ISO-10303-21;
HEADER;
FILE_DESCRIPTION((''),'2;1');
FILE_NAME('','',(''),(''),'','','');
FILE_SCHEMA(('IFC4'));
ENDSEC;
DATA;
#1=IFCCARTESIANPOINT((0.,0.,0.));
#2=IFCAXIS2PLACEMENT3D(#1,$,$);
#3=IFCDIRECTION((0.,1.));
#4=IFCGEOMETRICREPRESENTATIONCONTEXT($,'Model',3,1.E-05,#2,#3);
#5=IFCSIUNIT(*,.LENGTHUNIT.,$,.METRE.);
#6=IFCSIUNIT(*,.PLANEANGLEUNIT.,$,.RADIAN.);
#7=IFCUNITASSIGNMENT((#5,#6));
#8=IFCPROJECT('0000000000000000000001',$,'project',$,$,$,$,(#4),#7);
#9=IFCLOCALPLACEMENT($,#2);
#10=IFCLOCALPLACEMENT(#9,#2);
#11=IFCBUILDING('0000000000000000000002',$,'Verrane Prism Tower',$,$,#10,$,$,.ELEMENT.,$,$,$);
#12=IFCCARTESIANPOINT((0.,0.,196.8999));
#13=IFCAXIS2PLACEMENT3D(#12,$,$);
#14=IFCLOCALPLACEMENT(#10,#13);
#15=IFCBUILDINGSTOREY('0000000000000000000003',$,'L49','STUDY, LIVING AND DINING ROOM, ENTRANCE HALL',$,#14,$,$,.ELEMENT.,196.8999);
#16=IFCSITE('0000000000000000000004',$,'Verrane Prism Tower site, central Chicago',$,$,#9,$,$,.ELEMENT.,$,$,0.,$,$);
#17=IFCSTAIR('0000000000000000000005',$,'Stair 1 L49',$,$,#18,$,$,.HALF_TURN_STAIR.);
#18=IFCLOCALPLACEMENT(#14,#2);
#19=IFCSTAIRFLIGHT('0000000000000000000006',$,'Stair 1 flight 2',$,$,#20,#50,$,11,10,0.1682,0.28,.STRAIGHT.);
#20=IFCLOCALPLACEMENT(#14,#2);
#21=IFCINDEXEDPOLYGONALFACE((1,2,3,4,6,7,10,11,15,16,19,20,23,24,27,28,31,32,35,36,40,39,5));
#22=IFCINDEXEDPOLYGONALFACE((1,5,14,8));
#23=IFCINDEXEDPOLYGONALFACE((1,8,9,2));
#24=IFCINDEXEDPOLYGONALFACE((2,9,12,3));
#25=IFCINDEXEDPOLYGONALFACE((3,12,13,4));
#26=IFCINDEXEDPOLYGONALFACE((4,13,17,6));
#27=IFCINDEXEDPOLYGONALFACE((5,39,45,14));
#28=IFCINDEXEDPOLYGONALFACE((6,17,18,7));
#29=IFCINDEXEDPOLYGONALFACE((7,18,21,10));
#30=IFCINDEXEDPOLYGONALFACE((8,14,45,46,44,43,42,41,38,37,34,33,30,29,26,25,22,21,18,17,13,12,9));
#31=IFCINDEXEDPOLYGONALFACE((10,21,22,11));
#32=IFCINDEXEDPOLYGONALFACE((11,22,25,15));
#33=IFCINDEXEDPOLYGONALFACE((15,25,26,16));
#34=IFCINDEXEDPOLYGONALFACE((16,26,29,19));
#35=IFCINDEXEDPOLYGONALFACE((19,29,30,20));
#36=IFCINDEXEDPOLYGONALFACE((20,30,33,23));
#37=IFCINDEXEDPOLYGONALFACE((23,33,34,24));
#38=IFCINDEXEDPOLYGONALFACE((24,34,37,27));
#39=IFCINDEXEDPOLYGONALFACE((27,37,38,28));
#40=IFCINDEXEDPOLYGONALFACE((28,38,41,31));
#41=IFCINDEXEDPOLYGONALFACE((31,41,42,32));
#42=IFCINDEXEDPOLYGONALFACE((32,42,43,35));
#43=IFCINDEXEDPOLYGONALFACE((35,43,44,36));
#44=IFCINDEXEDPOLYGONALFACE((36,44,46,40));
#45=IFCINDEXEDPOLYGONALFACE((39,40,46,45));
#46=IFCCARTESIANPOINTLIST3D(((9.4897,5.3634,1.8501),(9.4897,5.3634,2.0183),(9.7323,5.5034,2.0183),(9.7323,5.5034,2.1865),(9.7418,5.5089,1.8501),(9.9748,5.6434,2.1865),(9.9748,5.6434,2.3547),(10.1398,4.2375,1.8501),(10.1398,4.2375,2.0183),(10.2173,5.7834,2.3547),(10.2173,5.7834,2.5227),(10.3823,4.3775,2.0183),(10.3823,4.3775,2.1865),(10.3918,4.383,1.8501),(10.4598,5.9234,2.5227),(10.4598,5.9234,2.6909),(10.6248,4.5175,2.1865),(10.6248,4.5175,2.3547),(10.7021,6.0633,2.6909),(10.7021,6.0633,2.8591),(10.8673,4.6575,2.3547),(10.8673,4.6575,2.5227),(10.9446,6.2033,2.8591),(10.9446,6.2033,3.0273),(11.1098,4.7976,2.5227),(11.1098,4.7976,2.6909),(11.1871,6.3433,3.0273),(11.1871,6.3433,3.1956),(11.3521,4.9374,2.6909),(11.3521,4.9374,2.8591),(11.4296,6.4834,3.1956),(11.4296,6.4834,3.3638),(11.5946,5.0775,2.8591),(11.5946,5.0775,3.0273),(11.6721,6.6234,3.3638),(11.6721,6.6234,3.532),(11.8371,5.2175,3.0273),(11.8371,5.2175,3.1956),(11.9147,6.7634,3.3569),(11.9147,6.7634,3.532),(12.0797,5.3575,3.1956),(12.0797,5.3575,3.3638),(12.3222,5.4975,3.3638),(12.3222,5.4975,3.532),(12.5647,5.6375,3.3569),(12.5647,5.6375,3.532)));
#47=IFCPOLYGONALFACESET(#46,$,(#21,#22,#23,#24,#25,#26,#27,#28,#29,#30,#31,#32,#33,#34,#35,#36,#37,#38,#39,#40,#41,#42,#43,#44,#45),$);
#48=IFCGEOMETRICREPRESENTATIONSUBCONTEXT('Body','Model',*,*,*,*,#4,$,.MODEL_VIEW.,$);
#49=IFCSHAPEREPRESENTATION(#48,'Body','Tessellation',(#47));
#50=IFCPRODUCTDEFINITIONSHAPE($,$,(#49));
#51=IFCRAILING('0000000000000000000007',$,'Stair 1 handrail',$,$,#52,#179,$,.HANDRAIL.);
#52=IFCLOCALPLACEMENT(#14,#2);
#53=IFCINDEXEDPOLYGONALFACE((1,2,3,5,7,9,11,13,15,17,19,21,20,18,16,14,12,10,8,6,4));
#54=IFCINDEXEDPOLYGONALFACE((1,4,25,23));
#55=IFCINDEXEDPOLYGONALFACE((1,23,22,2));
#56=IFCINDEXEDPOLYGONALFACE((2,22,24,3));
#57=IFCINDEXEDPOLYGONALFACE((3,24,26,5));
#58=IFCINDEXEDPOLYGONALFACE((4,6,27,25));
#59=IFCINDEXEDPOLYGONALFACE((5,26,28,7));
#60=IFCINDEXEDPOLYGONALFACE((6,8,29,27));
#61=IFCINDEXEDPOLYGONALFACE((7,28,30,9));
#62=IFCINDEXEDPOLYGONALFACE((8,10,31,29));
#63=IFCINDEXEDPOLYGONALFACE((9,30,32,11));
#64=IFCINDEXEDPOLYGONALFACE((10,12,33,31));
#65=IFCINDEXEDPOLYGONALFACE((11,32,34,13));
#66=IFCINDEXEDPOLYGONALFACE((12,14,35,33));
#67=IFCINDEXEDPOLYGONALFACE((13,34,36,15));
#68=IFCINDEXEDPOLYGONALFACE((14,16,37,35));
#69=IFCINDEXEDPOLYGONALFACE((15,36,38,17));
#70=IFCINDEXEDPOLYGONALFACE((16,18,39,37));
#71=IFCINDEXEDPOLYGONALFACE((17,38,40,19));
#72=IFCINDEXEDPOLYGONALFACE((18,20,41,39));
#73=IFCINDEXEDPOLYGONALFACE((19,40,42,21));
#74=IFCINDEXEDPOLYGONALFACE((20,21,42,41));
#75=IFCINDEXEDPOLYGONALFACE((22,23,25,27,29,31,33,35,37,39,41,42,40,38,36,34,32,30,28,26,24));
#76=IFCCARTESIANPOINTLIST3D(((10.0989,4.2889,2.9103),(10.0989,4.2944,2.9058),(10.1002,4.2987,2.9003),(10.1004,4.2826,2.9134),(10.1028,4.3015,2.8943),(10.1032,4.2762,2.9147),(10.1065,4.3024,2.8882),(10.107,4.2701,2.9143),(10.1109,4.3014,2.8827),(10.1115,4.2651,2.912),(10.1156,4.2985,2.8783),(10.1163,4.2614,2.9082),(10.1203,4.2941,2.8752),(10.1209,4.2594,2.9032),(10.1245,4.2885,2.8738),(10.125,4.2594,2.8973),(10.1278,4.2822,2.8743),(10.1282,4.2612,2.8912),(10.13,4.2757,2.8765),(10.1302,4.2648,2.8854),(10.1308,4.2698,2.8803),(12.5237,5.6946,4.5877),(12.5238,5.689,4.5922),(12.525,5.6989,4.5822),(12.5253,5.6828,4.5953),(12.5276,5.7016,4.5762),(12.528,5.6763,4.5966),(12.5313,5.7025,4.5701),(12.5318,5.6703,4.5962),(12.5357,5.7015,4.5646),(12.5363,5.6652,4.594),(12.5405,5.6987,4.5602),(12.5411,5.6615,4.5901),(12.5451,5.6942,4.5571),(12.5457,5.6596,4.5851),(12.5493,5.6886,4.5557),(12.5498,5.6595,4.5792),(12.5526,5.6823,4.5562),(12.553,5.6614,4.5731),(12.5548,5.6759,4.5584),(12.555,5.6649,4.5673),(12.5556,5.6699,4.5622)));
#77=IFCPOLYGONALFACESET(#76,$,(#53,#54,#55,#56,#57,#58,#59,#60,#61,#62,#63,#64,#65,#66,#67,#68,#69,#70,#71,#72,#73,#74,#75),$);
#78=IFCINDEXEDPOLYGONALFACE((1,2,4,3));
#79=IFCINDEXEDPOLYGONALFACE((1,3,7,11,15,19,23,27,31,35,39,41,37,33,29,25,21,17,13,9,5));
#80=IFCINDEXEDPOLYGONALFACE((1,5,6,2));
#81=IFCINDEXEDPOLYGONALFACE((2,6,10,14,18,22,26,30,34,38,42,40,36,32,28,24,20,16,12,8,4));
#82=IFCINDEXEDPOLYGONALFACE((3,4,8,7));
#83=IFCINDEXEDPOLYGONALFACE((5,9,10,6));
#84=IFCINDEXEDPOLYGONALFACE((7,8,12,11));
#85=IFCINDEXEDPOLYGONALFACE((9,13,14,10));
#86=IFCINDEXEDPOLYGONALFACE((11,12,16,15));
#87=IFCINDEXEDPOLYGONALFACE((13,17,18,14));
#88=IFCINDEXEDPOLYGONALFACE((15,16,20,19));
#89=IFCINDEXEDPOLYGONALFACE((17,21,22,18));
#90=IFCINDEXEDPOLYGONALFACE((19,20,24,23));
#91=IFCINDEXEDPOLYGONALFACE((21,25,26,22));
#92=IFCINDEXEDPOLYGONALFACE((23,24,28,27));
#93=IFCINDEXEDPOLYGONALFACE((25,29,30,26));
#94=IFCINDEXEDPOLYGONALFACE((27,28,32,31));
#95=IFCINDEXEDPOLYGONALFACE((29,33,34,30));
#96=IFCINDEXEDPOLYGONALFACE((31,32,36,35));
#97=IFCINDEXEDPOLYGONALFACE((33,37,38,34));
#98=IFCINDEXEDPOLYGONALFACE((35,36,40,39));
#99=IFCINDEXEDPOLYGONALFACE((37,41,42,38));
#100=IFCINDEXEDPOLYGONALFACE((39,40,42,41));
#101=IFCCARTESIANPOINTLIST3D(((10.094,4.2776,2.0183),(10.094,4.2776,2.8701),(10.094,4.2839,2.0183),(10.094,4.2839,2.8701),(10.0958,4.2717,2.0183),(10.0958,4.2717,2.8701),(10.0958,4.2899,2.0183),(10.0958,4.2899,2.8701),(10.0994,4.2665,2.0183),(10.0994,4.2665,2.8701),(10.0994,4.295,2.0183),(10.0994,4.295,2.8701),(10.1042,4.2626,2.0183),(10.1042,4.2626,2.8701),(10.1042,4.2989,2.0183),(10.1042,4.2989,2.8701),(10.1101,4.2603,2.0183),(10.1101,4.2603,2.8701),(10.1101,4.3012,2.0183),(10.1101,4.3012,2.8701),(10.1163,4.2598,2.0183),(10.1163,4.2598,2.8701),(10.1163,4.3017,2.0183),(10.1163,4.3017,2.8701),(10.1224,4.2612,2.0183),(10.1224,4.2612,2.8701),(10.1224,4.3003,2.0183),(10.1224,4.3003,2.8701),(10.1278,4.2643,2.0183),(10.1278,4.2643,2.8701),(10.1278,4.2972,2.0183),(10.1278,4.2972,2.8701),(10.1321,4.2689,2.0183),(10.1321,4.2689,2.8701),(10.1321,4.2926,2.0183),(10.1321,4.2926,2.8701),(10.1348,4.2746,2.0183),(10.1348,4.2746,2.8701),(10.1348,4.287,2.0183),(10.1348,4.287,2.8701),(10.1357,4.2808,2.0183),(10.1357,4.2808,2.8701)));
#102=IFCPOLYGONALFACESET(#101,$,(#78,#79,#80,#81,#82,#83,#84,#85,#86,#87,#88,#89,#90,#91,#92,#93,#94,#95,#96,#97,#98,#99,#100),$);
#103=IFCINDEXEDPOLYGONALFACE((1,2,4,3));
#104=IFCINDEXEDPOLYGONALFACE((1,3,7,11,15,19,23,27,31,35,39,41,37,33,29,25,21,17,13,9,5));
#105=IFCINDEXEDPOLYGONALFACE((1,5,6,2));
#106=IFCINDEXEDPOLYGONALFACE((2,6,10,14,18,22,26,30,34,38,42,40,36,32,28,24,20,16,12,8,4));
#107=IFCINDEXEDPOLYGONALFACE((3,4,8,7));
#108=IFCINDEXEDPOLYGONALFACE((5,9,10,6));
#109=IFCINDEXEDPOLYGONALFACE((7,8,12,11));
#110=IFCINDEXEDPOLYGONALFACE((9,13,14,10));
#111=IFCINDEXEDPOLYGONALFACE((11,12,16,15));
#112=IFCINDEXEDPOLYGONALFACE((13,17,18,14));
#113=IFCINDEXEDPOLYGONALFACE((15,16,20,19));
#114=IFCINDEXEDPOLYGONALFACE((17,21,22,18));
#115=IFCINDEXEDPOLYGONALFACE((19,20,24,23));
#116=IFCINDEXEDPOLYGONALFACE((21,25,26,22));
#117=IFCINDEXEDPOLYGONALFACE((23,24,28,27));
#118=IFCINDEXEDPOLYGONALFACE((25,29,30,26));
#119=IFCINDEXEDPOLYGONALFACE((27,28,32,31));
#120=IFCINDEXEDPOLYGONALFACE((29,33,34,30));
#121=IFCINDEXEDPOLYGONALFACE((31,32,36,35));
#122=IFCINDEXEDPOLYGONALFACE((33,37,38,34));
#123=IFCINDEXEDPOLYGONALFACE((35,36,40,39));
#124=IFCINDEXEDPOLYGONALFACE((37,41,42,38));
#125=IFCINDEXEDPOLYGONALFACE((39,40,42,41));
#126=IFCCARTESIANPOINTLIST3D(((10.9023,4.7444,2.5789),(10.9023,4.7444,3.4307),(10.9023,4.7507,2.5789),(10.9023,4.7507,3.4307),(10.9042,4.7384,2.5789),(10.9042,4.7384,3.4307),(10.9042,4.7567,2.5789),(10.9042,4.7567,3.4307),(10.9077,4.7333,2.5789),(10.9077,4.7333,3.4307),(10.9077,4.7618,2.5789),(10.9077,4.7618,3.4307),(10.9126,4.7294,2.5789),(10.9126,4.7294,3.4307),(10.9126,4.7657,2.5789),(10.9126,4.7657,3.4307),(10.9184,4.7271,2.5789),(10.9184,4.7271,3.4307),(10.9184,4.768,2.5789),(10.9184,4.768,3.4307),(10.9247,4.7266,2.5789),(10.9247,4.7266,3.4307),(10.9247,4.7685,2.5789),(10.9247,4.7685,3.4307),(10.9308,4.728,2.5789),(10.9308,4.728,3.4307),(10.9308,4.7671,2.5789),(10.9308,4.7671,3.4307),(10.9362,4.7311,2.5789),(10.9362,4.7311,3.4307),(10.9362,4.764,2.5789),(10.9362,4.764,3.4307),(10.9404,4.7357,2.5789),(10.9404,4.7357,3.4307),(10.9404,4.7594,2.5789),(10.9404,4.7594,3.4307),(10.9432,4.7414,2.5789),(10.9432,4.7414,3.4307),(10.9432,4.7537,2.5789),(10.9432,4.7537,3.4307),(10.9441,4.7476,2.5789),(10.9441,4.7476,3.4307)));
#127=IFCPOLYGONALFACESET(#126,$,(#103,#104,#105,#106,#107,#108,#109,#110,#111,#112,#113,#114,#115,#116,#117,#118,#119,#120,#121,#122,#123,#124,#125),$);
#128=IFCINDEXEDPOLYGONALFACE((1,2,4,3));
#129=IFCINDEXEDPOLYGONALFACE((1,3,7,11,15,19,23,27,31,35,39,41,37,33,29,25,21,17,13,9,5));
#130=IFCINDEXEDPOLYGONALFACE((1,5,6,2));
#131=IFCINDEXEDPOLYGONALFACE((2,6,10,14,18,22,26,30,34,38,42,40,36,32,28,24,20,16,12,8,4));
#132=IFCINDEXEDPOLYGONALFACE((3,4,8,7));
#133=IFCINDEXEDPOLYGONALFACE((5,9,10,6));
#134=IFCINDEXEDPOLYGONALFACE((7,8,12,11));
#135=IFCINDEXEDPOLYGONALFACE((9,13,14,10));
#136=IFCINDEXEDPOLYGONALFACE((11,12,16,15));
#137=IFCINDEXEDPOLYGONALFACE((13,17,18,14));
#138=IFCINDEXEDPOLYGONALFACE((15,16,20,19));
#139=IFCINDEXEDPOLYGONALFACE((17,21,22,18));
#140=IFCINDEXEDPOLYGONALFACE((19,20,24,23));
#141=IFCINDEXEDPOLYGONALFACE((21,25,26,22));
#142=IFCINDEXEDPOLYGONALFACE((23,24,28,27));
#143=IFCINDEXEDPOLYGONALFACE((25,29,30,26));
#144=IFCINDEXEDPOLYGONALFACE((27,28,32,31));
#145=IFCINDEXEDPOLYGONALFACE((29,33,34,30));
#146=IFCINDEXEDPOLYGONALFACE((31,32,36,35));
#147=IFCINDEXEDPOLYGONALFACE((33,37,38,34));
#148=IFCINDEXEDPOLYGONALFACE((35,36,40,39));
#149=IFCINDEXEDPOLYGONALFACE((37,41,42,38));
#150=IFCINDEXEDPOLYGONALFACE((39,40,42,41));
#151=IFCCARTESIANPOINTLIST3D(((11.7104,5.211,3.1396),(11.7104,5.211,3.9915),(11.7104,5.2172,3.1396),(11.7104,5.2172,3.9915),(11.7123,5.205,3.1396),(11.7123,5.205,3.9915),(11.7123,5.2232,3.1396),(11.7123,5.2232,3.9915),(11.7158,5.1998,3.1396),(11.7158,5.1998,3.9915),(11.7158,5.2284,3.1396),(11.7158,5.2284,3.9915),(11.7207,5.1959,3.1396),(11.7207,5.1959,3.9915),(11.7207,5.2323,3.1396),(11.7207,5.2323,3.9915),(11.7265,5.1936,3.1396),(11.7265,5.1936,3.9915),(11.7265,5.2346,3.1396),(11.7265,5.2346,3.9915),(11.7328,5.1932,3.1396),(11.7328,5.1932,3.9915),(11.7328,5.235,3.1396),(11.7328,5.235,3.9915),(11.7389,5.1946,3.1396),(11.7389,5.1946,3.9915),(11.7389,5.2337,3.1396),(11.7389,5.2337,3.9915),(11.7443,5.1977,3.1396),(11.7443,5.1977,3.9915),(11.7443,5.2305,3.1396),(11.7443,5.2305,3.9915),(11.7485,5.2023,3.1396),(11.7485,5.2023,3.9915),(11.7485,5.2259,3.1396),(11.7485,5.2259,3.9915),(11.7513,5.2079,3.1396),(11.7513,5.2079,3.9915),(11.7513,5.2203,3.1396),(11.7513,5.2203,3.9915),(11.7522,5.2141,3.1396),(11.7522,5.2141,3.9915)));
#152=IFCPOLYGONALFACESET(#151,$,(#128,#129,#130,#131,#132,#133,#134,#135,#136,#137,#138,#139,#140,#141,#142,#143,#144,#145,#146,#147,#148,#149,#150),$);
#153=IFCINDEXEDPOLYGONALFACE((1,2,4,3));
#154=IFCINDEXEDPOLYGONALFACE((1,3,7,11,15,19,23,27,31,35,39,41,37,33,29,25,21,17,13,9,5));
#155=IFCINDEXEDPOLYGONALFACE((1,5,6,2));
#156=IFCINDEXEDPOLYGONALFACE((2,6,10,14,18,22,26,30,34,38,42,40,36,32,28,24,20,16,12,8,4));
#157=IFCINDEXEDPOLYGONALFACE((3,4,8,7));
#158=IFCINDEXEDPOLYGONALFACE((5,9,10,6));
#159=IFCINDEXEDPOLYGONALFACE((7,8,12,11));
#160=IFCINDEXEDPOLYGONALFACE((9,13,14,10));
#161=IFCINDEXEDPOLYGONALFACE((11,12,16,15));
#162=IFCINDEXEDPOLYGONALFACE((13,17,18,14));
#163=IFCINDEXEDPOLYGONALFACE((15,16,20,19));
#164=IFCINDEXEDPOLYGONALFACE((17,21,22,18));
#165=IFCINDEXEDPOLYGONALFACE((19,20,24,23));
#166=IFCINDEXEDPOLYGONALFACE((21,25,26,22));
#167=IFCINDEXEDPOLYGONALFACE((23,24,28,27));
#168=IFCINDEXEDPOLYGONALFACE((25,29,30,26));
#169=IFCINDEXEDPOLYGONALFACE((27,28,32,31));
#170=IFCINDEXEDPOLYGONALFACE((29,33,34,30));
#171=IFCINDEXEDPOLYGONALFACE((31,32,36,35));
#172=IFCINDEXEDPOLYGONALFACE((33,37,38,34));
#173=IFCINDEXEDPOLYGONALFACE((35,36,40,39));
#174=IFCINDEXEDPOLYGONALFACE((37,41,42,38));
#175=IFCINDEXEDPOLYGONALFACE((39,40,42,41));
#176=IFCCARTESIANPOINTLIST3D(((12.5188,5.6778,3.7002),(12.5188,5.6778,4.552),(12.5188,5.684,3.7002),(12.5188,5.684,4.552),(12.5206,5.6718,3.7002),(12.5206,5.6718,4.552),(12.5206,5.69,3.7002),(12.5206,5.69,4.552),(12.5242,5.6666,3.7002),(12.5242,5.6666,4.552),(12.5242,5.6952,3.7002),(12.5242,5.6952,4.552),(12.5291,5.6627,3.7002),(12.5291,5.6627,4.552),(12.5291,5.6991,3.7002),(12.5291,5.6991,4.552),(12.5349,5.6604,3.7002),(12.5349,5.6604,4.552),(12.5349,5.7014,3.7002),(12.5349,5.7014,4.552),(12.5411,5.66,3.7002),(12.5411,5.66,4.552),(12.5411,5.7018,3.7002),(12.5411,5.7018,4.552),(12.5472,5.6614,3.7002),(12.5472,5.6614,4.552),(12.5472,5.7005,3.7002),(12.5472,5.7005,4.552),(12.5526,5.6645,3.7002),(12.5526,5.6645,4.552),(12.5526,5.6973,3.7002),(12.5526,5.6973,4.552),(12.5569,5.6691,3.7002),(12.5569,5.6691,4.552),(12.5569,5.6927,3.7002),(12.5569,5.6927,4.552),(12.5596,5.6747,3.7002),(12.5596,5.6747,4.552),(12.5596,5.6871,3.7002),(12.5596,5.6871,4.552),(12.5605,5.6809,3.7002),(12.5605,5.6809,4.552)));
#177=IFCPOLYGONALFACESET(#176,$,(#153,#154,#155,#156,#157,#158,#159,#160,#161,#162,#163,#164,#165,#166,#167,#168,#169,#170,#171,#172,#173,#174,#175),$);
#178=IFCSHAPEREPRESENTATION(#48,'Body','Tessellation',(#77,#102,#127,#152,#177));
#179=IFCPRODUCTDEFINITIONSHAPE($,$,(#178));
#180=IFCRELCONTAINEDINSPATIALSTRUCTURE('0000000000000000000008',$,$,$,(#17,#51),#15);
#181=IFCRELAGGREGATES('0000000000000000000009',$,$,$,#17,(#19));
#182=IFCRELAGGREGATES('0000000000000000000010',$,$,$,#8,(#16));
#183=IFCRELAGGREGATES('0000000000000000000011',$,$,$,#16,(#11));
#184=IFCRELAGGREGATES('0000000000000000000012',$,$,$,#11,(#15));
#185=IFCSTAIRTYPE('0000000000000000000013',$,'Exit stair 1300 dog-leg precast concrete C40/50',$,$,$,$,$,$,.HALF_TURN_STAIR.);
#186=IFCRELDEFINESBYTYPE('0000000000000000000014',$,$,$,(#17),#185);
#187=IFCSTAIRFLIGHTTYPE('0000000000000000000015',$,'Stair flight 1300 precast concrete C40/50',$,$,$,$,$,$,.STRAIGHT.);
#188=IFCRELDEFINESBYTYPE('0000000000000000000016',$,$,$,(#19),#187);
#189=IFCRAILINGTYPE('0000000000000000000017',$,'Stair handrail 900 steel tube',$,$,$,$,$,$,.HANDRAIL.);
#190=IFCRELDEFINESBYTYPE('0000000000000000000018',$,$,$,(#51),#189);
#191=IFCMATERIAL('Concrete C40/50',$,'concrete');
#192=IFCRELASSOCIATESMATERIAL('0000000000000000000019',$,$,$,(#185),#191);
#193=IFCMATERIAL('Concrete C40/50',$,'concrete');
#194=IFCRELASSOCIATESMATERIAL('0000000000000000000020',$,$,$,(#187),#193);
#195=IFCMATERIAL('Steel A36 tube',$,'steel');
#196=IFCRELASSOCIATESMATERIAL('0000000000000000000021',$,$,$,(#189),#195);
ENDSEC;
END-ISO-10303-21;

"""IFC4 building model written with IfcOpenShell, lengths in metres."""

from ifc_helpers import new_model, si_unit, direction, frame, origin, origin_2d, place, context, subcontext, project, spatial, polyline, circle, outline, extrude, material, type_object, element, aggregate, save


model = new_model("IFC4")

# Units and contexts
model_context = context("Model", 3, precision=1e-05, world=origin(), true_north=direction((0.0, 1.0)))
body_context = subcontext(model_context, "Body", "Model", "MODEL_VIEW")
ifc_project = project(units=[si_unit("LENGTHUNIT", "METRE"), si_unit("PLANEANGLEUNIT", "RADIAN")], contexts=[model_context])

# Site, building, storey
site_placement = place(None, origin())
site = spatial("IfcSite", under=ifc_project, at=site_placement, Name="Verrane Prism Tower site, central Chicago", CompositionType="ELEMENT", RefElevation=0.0)
building_placement = place(site_placement, origin())
building = spatial("IfcBuilding", under=site, at=building_placement, Name="Verrane Prism Tower", CompositionType="ELEMENT")
storey_placement = place(building_placement, frame((0.0, 0.0, 196.8999)))
storey = spatial("IfcBuildingStorey", under=building, at=storey_placement, Name="L49", Description="STUDY, LIVING AND DINING ROOM, ENTRANCE HALL", CompositionType="ELEMENT", Elevation=196.8999)

# Shared definitions
ifc_material_1 = material(Name="Concrete C40/50", Category="concrete")
stair_type = type_object("IfcStairType", Name="Exit stair 1300 dog-leg precast concrete C40/50", PredefinedType="HALF_TURN_STAIR", material=ifc_material_1)

# Stair, stair flight
stair_1_placement = place(storey_placement, origin())
stair_1 = element("IfcStair", 1, at=stair_1_placement, inside=storey, type_object=stair_type, Name="Stair 1 L49", PredefinedType="HALF_TURN_STAIR")
ifc_material_2 = material(Name="Concrete C40/50", Category="concrete")
stair_flight_type = type_object("IfcStairFlightType", Name="Stair flight 1300 precast concrete C40/50", PredefinedType="STRAIGHT", material=ifc_material_2)
stair_flight_1_placement = place(storey_placement, frame((9.8147, 4.8005, 1.8501), z_axis=(0.0, 0.0, 1.0), x_axis=(0.866025, 0.5, 0.0)))
stair_flight_1 = element("IfcStairFlight", 2, at=stair_flight_1_placement, type_object=stair_flight_type, Name="Stair 1 flight 2", NumberOfRisers=11, NumberOfTreads=10, PredefinedType="STRAIGHT", RiserHeight=0.1682, TreadLength=0.28, context=body_context, shape_type="SweptSolid", body=[
    extrude(outline(polyline([(0.0, 0.0), (0.0, 0.1682), (0.28, 0.1682), (0.28, 0.3364), (0.5601, 0.3364), (0.5601, 0.5046), (0.8401, 0.5046), (0.8401, 0.6726), (1.1201, 0.6726), (1.1201, 0.8408), (1.3999, 0.8408), (1.3999, 1.009), (1.6799, 1.009), (1.6799, 1.1772), (1.96, 1.1772), (1.96, 1.3455), (2.24, 1.3455), (2.24, 1.5137), (2.52, 1.5137), (2.52, 1.6819), (2.8, 1.6819), (2.8, 1.8501), (2.8, 1.5068), (0.291, 0.0), (0.0, 0.0)])), frame((0.0, 0.6499, 0.0), z_axis=(0.0, -1.0, 0.0), x_axis=(1.0, 0.0, 0.0)), (0.0, 0.0, 1.0), 1.3),
])
aggregate(stair_1, [stair_flight_1])

# Railing
ifc_material_3 = material(Name="Steel A36 tube", Category="steel")
railing_type_1 = type_object("IfcRailingType", Name="Stair handrail 900 steel tube", PredefinedType="HANDRAIL", material=ifc_material_3)
railing_1_placement = place(storey_placement, frame((10.1147, 4.2808, 2.0183)))
element("IfcRailing", 3, at=railing_1_placement, inside=storey, type_object=railing_type_1, Name="Stair 1 handrail", PredefinedType="HANDRAIL", context=body_context, shape_type="SweptSolid", body=[
    extrude(circle(Radius=0.0239, at=origin_2d()), frame((0.0, 0.0, 0.876), z_axis=(0.742367, 0.428662, 0.514918), x_axis=(-0.50005, 0.865997, 0.0)), (0.0, 0.0, 1.0), 3.2664),
    extrude(circle(Radius=0.021, at=origin_2d()), origin(), (0.0, 0.0, 1.0), 0.8518),
    extrude(circle(Radius=0.021, at=origin_2d()), frame((0.8083, 0.4668, 0.5605)), (0.0, 0.0, 1.0), 0.8518),
    extrude(circle(Radius=0.021, at=origin_2d()), frame((1.6165, 0.9333, 1.1213)), (0.0, 0.0, 1.0), 0.8518),
    extrude(circle(Radius=0.021, at=origin_2d()), frame((2.4248, 1.4001, 1.6819)), (0.0, 0.0, 1.0), 0.8518),
])

save(model, "model.ifc")
